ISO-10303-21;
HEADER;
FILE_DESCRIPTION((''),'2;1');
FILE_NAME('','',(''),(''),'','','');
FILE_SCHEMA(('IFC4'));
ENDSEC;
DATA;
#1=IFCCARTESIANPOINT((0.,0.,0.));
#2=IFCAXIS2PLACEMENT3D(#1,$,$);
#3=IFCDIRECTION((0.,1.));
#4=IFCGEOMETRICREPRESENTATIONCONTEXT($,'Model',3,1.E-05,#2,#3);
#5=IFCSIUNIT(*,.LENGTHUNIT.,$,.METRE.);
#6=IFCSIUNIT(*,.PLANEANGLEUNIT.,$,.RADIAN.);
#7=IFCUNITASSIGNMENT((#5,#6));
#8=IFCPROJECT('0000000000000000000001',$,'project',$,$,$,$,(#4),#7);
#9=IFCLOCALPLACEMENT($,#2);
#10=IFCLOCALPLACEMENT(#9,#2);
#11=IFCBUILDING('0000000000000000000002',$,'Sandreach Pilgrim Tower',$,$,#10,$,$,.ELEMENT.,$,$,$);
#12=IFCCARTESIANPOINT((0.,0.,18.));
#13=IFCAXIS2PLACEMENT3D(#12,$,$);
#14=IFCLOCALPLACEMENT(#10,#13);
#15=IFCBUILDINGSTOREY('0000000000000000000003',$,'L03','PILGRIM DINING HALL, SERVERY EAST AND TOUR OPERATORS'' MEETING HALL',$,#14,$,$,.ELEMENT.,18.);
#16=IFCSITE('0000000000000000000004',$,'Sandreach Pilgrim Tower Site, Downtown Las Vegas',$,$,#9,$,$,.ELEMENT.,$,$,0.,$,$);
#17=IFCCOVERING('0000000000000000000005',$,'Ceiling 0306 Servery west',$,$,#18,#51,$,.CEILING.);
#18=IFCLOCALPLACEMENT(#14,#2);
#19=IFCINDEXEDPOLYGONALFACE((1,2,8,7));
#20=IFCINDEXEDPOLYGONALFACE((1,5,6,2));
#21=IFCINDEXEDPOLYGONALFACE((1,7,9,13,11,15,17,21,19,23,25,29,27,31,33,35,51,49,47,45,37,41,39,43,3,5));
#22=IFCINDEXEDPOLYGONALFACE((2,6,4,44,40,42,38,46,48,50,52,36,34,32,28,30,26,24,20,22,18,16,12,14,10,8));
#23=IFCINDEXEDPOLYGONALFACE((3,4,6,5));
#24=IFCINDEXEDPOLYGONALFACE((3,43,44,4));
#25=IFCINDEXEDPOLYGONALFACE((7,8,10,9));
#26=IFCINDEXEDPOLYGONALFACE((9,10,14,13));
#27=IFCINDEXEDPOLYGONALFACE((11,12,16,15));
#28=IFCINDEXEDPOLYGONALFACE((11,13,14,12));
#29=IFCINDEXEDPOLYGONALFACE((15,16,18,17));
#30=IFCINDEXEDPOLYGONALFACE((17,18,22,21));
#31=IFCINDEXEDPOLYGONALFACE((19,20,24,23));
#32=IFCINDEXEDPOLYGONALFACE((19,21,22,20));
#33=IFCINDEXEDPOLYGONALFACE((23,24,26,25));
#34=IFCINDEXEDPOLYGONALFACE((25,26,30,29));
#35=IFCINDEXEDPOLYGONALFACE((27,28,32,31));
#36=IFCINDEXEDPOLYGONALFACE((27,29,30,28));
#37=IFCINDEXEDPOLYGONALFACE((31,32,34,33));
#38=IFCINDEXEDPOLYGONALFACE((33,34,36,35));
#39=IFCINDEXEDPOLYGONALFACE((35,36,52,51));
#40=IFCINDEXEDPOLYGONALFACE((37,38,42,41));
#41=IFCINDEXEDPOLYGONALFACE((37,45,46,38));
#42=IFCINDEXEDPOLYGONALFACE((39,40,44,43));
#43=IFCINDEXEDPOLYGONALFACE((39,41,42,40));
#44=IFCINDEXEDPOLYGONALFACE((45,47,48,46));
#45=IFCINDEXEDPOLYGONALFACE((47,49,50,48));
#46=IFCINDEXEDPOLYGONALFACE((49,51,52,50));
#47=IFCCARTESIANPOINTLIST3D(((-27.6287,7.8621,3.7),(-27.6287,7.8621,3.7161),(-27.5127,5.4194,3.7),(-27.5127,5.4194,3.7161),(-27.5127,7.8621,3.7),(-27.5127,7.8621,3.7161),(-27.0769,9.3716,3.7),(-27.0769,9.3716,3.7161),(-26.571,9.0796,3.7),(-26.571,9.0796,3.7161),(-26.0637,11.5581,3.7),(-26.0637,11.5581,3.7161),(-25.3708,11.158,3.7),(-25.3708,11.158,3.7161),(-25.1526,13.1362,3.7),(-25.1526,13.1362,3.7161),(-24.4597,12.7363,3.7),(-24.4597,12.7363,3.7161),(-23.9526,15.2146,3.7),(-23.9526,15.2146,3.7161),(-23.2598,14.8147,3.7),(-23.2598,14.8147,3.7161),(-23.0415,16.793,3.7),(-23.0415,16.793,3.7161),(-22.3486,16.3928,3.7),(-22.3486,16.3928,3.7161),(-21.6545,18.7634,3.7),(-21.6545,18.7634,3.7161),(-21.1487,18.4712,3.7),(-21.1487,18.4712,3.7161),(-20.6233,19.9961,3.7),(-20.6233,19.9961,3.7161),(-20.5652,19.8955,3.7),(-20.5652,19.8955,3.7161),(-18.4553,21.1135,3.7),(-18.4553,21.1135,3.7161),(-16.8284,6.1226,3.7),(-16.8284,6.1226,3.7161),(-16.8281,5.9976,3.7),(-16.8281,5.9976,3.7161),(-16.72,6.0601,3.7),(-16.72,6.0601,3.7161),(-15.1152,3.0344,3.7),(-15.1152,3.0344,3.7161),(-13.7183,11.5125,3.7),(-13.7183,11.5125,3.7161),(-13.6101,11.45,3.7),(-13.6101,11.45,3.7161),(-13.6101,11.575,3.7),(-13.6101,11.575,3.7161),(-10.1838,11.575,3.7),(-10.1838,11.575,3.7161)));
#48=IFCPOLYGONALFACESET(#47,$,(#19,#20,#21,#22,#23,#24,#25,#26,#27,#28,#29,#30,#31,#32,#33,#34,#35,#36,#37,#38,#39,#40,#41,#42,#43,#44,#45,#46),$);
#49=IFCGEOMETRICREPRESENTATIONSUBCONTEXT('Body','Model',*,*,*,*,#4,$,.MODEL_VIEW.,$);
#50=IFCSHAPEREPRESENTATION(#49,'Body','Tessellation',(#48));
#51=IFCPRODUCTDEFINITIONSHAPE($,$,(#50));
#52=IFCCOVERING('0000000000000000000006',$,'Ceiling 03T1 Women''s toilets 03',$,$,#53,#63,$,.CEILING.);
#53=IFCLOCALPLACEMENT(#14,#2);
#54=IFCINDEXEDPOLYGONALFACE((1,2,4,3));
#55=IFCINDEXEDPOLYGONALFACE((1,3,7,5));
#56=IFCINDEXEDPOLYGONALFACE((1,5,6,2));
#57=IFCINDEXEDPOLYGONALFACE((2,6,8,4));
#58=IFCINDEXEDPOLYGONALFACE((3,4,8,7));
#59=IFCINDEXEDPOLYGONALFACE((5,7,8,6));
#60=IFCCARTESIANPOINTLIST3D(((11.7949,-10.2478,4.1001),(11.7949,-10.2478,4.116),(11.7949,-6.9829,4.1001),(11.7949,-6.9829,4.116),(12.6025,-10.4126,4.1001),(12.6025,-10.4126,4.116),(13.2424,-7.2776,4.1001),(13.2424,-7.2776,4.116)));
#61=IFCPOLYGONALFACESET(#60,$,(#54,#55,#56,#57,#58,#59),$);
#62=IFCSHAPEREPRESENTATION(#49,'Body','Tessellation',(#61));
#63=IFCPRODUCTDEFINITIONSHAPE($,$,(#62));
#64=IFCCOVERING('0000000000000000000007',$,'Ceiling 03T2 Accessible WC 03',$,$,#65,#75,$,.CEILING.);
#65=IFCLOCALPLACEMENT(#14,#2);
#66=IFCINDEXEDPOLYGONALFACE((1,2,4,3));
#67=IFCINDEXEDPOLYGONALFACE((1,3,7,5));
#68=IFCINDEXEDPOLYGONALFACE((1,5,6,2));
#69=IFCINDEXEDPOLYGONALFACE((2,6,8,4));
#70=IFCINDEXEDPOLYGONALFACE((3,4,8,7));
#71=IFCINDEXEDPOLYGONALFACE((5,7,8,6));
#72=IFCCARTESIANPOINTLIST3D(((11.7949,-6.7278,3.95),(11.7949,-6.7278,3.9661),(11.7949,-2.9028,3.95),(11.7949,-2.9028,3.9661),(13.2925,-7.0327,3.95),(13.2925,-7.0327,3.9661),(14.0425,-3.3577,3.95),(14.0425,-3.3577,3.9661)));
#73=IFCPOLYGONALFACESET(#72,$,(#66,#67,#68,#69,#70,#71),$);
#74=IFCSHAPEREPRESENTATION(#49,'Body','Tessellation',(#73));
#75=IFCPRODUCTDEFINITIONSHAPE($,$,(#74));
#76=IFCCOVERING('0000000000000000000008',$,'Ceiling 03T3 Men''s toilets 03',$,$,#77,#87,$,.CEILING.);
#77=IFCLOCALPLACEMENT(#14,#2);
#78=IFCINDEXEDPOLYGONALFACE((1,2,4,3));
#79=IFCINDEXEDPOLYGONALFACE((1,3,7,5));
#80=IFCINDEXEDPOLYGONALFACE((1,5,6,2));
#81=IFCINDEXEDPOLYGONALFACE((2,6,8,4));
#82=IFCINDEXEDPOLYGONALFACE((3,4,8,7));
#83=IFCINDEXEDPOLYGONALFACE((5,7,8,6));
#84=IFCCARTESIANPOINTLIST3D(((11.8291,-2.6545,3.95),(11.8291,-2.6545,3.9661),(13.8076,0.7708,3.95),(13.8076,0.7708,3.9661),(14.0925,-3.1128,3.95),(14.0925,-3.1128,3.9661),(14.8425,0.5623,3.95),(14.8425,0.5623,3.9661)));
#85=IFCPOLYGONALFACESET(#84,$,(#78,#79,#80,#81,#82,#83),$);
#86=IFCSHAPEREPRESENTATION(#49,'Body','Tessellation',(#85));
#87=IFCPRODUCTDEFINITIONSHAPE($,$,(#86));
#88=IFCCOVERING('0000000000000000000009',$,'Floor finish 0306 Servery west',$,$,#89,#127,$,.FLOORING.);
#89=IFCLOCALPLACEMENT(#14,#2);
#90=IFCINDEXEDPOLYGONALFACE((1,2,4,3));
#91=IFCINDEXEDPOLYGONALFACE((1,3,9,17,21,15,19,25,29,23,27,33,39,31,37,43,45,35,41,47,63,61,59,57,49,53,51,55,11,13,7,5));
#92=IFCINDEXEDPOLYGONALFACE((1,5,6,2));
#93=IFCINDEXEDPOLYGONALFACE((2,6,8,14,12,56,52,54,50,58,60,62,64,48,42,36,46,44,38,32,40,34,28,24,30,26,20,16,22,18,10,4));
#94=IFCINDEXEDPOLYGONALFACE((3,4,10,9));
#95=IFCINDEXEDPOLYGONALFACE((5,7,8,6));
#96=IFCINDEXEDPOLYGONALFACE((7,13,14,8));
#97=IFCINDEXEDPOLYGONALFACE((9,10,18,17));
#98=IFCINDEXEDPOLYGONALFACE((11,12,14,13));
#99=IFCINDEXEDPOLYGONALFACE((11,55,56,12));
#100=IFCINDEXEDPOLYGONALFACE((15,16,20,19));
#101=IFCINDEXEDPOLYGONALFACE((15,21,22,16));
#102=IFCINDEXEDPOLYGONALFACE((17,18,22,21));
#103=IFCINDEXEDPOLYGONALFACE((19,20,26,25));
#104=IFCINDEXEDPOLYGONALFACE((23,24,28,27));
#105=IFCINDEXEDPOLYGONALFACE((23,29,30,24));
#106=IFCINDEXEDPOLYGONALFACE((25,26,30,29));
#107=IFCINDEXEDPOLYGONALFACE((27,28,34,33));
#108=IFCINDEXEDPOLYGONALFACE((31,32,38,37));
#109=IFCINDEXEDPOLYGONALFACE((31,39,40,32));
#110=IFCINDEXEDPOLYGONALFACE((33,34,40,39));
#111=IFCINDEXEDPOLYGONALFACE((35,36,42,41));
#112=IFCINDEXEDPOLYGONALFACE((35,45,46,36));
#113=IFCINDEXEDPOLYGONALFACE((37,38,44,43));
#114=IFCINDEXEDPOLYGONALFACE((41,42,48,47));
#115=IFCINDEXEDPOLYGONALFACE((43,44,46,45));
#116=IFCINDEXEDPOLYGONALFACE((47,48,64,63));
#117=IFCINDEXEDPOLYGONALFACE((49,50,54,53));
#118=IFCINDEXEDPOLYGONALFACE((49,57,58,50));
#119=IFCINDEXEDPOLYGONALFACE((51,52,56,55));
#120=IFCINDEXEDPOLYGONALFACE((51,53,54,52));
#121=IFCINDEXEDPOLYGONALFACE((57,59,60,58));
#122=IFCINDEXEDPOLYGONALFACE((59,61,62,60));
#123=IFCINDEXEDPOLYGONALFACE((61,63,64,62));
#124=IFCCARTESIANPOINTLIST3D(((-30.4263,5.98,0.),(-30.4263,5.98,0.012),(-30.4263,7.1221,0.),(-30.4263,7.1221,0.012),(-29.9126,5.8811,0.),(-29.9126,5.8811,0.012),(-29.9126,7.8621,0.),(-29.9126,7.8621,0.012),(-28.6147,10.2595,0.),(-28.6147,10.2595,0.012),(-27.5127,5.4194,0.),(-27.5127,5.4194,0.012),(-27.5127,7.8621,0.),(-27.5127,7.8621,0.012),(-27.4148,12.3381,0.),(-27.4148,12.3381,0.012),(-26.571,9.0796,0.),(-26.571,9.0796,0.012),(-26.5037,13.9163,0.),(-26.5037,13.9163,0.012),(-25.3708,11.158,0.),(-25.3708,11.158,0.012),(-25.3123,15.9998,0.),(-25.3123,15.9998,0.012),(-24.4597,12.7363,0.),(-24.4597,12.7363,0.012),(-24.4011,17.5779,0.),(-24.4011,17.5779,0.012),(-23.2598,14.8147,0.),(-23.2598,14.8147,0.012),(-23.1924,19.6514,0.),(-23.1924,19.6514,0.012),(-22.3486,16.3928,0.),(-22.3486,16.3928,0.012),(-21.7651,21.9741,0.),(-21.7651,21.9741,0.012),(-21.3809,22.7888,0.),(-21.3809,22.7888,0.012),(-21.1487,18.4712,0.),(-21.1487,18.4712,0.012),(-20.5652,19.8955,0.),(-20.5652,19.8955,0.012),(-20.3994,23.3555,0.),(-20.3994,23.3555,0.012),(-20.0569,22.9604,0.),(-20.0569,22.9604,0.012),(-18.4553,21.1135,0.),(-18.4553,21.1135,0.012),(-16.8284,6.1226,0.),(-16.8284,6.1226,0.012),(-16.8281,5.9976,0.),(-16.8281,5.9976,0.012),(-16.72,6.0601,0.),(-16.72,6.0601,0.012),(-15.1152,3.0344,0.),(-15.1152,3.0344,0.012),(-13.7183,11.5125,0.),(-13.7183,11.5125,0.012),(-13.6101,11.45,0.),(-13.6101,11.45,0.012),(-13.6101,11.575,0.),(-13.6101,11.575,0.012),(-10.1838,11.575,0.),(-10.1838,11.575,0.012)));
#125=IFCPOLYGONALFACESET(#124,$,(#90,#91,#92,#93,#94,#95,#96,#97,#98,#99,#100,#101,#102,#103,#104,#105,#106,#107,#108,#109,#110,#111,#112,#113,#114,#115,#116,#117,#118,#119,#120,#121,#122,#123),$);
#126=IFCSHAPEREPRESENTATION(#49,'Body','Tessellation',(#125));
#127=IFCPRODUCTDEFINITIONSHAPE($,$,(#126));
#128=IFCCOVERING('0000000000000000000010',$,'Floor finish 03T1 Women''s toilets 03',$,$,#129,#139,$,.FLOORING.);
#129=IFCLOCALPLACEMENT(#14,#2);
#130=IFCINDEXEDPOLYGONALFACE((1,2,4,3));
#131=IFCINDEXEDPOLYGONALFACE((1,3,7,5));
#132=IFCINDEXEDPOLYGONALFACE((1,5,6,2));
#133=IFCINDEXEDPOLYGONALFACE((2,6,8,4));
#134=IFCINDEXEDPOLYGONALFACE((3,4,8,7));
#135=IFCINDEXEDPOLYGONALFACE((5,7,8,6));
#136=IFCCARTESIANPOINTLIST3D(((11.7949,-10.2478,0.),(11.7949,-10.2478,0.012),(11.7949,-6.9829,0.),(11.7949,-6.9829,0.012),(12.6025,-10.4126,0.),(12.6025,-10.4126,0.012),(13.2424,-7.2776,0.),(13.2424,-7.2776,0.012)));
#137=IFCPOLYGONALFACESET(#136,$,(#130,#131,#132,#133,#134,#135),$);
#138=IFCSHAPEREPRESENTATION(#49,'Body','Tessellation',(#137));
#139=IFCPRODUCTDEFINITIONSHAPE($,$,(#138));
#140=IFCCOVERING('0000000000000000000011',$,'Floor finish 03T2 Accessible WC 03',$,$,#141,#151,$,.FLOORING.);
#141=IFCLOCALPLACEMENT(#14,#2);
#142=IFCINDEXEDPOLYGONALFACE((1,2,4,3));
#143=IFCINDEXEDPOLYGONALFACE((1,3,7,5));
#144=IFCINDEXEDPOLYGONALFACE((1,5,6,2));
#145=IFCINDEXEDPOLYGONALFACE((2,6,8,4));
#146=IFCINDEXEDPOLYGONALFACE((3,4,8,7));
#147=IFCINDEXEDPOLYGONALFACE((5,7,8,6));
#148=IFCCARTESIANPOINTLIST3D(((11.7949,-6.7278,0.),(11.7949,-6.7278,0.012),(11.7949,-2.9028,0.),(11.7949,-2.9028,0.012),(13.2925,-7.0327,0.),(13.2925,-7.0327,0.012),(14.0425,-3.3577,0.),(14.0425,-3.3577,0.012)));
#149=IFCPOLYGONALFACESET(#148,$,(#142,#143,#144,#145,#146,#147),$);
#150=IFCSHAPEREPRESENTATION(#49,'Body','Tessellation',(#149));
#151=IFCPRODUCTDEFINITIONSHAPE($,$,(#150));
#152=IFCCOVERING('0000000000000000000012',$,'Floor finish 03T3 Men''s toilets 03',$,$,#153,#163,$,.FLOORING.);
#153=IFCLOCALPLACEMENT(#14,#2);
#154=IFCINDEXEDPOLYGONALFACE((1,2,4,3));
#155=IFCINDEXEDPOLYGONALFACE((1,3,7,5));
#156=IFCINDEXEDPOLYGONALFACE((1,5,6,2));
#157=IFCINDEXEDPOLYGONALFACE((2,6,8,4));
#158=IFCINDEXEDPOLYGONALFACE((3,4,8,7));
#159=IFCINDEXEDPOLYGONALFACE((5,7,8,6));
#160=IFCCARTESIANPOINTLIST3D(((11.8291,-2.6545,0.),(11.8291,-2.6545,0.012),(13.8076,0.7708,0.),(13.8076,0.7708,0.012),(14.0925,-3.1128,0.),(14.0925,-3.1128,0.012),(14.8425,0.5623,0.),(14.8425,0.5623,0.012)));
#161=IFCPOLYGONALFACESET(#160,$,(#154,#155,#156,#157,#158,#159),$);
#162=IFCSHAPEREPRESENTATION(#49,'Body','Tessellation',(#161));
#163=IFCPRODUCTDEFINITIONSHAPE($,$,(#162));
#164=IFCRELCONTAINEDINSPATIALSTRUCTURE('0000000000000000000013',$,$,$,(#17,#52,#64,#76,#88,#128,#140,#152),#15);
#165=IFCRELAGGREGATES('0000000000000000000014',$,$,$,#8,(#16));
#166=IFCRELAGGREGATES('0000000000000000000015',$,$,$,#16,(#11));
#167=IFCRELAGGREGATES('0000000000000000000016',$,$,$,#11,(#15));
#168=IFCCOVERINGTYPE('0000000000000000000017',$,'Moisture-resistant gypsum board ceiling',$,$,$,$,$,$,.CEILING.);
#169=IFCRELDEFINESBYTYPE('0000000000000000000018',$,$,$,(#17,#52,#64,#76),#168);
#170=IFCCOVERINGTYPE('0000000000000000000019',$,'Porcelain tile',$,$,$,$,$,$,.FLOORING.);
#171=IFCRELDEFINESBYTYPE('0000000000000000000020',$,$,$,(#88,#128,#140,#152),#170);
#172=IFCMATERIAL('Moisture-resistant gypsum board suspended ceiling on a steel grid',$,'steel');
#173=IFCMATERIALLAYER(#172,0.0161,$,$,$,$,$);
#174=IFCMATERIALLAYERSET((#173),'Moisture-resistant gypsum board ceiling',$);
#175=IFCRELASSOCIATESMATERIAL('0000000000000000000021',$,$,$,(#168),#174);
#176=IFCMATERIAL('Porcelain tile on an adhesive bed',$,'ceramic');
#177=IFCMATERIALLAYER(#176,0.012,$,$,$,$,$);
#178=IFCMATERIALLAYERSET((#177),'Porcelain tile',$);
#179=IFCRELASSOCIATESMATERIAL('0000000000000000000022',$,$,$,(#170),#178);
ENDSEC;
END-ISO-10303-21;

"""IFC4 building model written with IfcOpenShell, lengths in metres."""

from ifc_helpers import new_model, si_unit, direction, frame, origin, place, context, subcontext, project, spatial, polyline, outline, extrude, material, layer, layer_set, type_object, element, save


model = new_model("IFC4")

# Units and contexts
model_context = context("Model", 3, precision=1e-05, world=origin(), true_north=direction((0.0, 1.0)))
body_context = subcontext(model_context, "Body", "Model", "MODEL_VIEW")
ifc_project = project(units=[si_unit("LENGTHUNIT", "METRE"), si_unit("PLANEANGLEUNIT", "RADIAN")], contexts=[model_context])

# Site, building, storey
site_placement = place(None, origin())
site = spatial("IfcSite", under=ifc_project, at=site_placement, Name="Sandreach Pilgrim Tower Site, Downtown Las Vegas", CompositionType="ELEMENT", RefElevation=0.0)
building_placement = place(site_placement, origin())
building = spatial("IfcBuilding", under=site, at=building_placement, Name="Sandreach Pilgrim Tower", CompositionType="ELEMENT")
storey_placement = place(building_placement, frame((0.0, 0.0, 18.0)))
storey = spatial("IfcBuildingStorey", under=building, at=storey_placement, Name="L03", Description="PILGRIM DINING HALL, SERVERY EAST AND TOUR OPERATORS' MEETING HALL", CompositionType="ELEMENT", Elevation=18.0)

# Coverings
ifc_material_1 = material(Name="Moisture-resistant gypsum board suspended ceiling on a steel grid", Category="steel")
ifc_layer_1 = layer(ifc_material_1, 0.0161)
ifc_layer_set_1 = layer_set([ifc_layer_1], Name="Moisture-resistant gypsum board ceiling")
covering_type_1 = type_object("IfcCoveringType", Name="Moisture-resistant gypsum board ceiling", PredefinedType="CEILING", material=ifc_layer_set_1)
covering_1_placement = place(storey_placement, frame((0.0, 0.0, 3.7)))
element("IfcCovering", 1, at=covering_1_placement, inside=storey, type_object=covering_type_1, Name="Ceiling 0306 Servery west", PredefinedType="CEILING", context=body_context, shape_type="SweptSolid", body=[
    extrude(outline(polyline([(-27.0769, 9.3716), (-26.571, 9.0796), (-25.3708, 11.158), (-26.0637, 11.5581), (-25.1526, 13.1362), (-24.4597, 12.7363), (-23.2598, 14.8147), (-23.9526, 15.2146), (-23.0415, 16.793), (-22.3486, 16.3928), (-21.1487, 18.4712), (-21.6545, 18.7634), (-20.6233, 19.9961), (-20.5652, 19.8955), (-18.4553, 21.1135), (-10.1838, 11.575), (-13.6101, 11.575), (-13.6101, 11.45), (-13.7183, 11.5125), (-16.8284, 6.1226), (-16.72, 6.0601), (-16.8281, 5.9976), (-15.1152, 3.0344), (-27.5127, 5.4194), (-27.5127, 7.8621), (-27.6287, 7.8621), (-27.0769, 9.3716)])), origin(), (0.0, 0.0, 1.0), 0.0161),
])
covering_2_placement = place(storey_placement, frame((0.0, 0.0, 4.1001)))
element("IfcCovering", 2, at=covering_2_placement, inside=storey, type_object=covering_type_1, Name="Ceiling 03T1 Women's toilets 03", PredefinedType="CEILING", context=body_context, shape_type="SweptSolid", body=[
    extrude(outline(polyline([(12.6025, -10.4126), (11.7949, -10.2478), (11.7949, -6.9829), (13.2424, -7.2776), (12.6025, -10.4126)])), origin(), (0.0, 0.0, 1.0), 0.0159),
])
covering_3_placement = place(storey_placement, frame((0.0, 0.0, 3.95)))
element("IfcCovering", 3, at=covering_3_placement, inside=storey, type_object=covering_type_1, Name="Ceiling 03T2 Accessible WC 03", PredefinedType="CEILING", context=body_context, shape_type="SweptSolid", body=[
    extrude(outline(polyline([(11.7949, -2.9028), (14.0425, -3.3577), (13.2925, -7.0327), (11.7949, -6.7278), (11.7949, -2.9028)])), origin(), (0.0, 0.0, 1.0), 0.0161),
])
covering_4_placement = place(storey_placement, frame((0.0, 0.0, 3.95)))
element("IfcCovering", 4, at=covering_4_placement, inside=storey, type_object=covering_type_1, Name="Ceiling 03T3 Men's toilets 03", PredefinedType="CEILING", context=body_context, shape_type="SweptSolid", body=[
    extrude(outline(polyline([(13.8076, 0.7708), (14.8425, 0.5623), (14.0925, -3.1128), (11.8291, -2.6545), (13.8076, 0.7708)])), origin(), (0.0, 0.0, 1.0), 0.0161),
])
ifc_material_2 = material(Name="Porcelain tile on an adhesive bed", Category="ceramic")
ifc_layer_2 = layer(ifc_material_2, 0.012)
ifc_layer_set_2 = layer_set([ifc_layer_2], Name="Porcelain tile")
covering_type_2 = type_object("IfcCoveringType", Name="Porcelain tile", PredefinedType="FLOORING", material=ifc_layer_set_2)
covering_5_placement = place(storey_placement, origin())
element("IfcCovering", 5, at=covering_5_placement, inside=storey, type_object=covering_type_2, Name="Floor finish 0306 Servery west", PredefinedType="FLOORING", context=body_context, shape_type="SweptSolid", body=[
    extrude(outline(polyline([(-28.6147, 10.2595), (-26.571, 9.0796), (-25.3708, 11.158), (-27.4148, 12.3381), (-26.5037, 13.9163), (-24.4597, 12.7363), (-23.2598, 14.8147), (-25.3123, 15.9998), (-24.4011, 17.5779), (-22.3486, 16.3928), (-21.1487, 18.4712), (-23.1924, 19.6514), (-21.3809, 22.7888), (-20.3994, 23.3555), (-20.0569, 22.9604), (-21.7651, 21.9741), (-20.5652, 19.8955), (-18.4553, 21.1135), (-10.1838, 11.575), (-13.6101, 11.575), (-13.6101, 11.45), (-13.7183, 11.5125), (-16.8284, 6.1226), (-16.72, 6.0601), (-16.8281, 5.9976), (-15.1152, 3.0344), (-27.5127, 5.4194), (-27.5127, 7.8621), (-29.9126, 7.8621), (-29.9126, 5.8811), (-30.4263, 5.98), (-30.4263, 7.1221), (-28.6147, 10.2595)])), origin(), (0.0, 0.0, 1.0), 0.012),
])
covering_6_placement = place(storey_placement, origin())
element("IfcCovering", 6, at=covering_6_placement, inside=storey, type_object=covering_type_2, Name="Floor finish 03T1 Women's toilets 03", PredefinedType="FLOORING", context=body_context, shape_type="SweptSolid", body=[
    extrude(outline(polyline([(11.7949, -10.2478), (11.7949, -6.9829), (13.2424, -7.2776), (12.6025, -10.4126), (11.7949, -10.2478)])), origin(), (0.0, 0.0, 1.0), 0.012),
])
covering_7_placement = place(storey_placement, origin())
element("IfcCovering", 7, at=covering_7_placement, inside=storey, type_object=covering_type_2, Name="Floor finish 03T2 Accessible WC 03", PredefinedType="FLOORING", context=body_context, shape_type="SweptSolid", body=[
    extrude(outline(polyline([(14.0425, -3.3577), (13.2925, -7.0327), (11.7949, -6.7278), (11.7949, -2.9028), (14.0425, -3.3577)])), origin(), (0.0, 0.0, 1.0), 0.012),
])
covering_8_placement = place(storey_placement, origin())
element("IfcCovering", 8, at=covering_8_placement, inside=storey, type_object=covering_type_2, Name="Floor finish 03T3 Men's toilets 03", PredefinedType="FLOORING", context=body_context, shape_type="SweptSolid", body=[
    extrude(outline(polyline([(13.8076, 0.7708), (14.8425, 0.5623), (14.0925, -3.1128), (11.8291, -2.6545), (13.8076, 0.7708)])), origin(), (0.0, 0.0, 1.0), 0.012),
])

save(model, "model.ifc")
